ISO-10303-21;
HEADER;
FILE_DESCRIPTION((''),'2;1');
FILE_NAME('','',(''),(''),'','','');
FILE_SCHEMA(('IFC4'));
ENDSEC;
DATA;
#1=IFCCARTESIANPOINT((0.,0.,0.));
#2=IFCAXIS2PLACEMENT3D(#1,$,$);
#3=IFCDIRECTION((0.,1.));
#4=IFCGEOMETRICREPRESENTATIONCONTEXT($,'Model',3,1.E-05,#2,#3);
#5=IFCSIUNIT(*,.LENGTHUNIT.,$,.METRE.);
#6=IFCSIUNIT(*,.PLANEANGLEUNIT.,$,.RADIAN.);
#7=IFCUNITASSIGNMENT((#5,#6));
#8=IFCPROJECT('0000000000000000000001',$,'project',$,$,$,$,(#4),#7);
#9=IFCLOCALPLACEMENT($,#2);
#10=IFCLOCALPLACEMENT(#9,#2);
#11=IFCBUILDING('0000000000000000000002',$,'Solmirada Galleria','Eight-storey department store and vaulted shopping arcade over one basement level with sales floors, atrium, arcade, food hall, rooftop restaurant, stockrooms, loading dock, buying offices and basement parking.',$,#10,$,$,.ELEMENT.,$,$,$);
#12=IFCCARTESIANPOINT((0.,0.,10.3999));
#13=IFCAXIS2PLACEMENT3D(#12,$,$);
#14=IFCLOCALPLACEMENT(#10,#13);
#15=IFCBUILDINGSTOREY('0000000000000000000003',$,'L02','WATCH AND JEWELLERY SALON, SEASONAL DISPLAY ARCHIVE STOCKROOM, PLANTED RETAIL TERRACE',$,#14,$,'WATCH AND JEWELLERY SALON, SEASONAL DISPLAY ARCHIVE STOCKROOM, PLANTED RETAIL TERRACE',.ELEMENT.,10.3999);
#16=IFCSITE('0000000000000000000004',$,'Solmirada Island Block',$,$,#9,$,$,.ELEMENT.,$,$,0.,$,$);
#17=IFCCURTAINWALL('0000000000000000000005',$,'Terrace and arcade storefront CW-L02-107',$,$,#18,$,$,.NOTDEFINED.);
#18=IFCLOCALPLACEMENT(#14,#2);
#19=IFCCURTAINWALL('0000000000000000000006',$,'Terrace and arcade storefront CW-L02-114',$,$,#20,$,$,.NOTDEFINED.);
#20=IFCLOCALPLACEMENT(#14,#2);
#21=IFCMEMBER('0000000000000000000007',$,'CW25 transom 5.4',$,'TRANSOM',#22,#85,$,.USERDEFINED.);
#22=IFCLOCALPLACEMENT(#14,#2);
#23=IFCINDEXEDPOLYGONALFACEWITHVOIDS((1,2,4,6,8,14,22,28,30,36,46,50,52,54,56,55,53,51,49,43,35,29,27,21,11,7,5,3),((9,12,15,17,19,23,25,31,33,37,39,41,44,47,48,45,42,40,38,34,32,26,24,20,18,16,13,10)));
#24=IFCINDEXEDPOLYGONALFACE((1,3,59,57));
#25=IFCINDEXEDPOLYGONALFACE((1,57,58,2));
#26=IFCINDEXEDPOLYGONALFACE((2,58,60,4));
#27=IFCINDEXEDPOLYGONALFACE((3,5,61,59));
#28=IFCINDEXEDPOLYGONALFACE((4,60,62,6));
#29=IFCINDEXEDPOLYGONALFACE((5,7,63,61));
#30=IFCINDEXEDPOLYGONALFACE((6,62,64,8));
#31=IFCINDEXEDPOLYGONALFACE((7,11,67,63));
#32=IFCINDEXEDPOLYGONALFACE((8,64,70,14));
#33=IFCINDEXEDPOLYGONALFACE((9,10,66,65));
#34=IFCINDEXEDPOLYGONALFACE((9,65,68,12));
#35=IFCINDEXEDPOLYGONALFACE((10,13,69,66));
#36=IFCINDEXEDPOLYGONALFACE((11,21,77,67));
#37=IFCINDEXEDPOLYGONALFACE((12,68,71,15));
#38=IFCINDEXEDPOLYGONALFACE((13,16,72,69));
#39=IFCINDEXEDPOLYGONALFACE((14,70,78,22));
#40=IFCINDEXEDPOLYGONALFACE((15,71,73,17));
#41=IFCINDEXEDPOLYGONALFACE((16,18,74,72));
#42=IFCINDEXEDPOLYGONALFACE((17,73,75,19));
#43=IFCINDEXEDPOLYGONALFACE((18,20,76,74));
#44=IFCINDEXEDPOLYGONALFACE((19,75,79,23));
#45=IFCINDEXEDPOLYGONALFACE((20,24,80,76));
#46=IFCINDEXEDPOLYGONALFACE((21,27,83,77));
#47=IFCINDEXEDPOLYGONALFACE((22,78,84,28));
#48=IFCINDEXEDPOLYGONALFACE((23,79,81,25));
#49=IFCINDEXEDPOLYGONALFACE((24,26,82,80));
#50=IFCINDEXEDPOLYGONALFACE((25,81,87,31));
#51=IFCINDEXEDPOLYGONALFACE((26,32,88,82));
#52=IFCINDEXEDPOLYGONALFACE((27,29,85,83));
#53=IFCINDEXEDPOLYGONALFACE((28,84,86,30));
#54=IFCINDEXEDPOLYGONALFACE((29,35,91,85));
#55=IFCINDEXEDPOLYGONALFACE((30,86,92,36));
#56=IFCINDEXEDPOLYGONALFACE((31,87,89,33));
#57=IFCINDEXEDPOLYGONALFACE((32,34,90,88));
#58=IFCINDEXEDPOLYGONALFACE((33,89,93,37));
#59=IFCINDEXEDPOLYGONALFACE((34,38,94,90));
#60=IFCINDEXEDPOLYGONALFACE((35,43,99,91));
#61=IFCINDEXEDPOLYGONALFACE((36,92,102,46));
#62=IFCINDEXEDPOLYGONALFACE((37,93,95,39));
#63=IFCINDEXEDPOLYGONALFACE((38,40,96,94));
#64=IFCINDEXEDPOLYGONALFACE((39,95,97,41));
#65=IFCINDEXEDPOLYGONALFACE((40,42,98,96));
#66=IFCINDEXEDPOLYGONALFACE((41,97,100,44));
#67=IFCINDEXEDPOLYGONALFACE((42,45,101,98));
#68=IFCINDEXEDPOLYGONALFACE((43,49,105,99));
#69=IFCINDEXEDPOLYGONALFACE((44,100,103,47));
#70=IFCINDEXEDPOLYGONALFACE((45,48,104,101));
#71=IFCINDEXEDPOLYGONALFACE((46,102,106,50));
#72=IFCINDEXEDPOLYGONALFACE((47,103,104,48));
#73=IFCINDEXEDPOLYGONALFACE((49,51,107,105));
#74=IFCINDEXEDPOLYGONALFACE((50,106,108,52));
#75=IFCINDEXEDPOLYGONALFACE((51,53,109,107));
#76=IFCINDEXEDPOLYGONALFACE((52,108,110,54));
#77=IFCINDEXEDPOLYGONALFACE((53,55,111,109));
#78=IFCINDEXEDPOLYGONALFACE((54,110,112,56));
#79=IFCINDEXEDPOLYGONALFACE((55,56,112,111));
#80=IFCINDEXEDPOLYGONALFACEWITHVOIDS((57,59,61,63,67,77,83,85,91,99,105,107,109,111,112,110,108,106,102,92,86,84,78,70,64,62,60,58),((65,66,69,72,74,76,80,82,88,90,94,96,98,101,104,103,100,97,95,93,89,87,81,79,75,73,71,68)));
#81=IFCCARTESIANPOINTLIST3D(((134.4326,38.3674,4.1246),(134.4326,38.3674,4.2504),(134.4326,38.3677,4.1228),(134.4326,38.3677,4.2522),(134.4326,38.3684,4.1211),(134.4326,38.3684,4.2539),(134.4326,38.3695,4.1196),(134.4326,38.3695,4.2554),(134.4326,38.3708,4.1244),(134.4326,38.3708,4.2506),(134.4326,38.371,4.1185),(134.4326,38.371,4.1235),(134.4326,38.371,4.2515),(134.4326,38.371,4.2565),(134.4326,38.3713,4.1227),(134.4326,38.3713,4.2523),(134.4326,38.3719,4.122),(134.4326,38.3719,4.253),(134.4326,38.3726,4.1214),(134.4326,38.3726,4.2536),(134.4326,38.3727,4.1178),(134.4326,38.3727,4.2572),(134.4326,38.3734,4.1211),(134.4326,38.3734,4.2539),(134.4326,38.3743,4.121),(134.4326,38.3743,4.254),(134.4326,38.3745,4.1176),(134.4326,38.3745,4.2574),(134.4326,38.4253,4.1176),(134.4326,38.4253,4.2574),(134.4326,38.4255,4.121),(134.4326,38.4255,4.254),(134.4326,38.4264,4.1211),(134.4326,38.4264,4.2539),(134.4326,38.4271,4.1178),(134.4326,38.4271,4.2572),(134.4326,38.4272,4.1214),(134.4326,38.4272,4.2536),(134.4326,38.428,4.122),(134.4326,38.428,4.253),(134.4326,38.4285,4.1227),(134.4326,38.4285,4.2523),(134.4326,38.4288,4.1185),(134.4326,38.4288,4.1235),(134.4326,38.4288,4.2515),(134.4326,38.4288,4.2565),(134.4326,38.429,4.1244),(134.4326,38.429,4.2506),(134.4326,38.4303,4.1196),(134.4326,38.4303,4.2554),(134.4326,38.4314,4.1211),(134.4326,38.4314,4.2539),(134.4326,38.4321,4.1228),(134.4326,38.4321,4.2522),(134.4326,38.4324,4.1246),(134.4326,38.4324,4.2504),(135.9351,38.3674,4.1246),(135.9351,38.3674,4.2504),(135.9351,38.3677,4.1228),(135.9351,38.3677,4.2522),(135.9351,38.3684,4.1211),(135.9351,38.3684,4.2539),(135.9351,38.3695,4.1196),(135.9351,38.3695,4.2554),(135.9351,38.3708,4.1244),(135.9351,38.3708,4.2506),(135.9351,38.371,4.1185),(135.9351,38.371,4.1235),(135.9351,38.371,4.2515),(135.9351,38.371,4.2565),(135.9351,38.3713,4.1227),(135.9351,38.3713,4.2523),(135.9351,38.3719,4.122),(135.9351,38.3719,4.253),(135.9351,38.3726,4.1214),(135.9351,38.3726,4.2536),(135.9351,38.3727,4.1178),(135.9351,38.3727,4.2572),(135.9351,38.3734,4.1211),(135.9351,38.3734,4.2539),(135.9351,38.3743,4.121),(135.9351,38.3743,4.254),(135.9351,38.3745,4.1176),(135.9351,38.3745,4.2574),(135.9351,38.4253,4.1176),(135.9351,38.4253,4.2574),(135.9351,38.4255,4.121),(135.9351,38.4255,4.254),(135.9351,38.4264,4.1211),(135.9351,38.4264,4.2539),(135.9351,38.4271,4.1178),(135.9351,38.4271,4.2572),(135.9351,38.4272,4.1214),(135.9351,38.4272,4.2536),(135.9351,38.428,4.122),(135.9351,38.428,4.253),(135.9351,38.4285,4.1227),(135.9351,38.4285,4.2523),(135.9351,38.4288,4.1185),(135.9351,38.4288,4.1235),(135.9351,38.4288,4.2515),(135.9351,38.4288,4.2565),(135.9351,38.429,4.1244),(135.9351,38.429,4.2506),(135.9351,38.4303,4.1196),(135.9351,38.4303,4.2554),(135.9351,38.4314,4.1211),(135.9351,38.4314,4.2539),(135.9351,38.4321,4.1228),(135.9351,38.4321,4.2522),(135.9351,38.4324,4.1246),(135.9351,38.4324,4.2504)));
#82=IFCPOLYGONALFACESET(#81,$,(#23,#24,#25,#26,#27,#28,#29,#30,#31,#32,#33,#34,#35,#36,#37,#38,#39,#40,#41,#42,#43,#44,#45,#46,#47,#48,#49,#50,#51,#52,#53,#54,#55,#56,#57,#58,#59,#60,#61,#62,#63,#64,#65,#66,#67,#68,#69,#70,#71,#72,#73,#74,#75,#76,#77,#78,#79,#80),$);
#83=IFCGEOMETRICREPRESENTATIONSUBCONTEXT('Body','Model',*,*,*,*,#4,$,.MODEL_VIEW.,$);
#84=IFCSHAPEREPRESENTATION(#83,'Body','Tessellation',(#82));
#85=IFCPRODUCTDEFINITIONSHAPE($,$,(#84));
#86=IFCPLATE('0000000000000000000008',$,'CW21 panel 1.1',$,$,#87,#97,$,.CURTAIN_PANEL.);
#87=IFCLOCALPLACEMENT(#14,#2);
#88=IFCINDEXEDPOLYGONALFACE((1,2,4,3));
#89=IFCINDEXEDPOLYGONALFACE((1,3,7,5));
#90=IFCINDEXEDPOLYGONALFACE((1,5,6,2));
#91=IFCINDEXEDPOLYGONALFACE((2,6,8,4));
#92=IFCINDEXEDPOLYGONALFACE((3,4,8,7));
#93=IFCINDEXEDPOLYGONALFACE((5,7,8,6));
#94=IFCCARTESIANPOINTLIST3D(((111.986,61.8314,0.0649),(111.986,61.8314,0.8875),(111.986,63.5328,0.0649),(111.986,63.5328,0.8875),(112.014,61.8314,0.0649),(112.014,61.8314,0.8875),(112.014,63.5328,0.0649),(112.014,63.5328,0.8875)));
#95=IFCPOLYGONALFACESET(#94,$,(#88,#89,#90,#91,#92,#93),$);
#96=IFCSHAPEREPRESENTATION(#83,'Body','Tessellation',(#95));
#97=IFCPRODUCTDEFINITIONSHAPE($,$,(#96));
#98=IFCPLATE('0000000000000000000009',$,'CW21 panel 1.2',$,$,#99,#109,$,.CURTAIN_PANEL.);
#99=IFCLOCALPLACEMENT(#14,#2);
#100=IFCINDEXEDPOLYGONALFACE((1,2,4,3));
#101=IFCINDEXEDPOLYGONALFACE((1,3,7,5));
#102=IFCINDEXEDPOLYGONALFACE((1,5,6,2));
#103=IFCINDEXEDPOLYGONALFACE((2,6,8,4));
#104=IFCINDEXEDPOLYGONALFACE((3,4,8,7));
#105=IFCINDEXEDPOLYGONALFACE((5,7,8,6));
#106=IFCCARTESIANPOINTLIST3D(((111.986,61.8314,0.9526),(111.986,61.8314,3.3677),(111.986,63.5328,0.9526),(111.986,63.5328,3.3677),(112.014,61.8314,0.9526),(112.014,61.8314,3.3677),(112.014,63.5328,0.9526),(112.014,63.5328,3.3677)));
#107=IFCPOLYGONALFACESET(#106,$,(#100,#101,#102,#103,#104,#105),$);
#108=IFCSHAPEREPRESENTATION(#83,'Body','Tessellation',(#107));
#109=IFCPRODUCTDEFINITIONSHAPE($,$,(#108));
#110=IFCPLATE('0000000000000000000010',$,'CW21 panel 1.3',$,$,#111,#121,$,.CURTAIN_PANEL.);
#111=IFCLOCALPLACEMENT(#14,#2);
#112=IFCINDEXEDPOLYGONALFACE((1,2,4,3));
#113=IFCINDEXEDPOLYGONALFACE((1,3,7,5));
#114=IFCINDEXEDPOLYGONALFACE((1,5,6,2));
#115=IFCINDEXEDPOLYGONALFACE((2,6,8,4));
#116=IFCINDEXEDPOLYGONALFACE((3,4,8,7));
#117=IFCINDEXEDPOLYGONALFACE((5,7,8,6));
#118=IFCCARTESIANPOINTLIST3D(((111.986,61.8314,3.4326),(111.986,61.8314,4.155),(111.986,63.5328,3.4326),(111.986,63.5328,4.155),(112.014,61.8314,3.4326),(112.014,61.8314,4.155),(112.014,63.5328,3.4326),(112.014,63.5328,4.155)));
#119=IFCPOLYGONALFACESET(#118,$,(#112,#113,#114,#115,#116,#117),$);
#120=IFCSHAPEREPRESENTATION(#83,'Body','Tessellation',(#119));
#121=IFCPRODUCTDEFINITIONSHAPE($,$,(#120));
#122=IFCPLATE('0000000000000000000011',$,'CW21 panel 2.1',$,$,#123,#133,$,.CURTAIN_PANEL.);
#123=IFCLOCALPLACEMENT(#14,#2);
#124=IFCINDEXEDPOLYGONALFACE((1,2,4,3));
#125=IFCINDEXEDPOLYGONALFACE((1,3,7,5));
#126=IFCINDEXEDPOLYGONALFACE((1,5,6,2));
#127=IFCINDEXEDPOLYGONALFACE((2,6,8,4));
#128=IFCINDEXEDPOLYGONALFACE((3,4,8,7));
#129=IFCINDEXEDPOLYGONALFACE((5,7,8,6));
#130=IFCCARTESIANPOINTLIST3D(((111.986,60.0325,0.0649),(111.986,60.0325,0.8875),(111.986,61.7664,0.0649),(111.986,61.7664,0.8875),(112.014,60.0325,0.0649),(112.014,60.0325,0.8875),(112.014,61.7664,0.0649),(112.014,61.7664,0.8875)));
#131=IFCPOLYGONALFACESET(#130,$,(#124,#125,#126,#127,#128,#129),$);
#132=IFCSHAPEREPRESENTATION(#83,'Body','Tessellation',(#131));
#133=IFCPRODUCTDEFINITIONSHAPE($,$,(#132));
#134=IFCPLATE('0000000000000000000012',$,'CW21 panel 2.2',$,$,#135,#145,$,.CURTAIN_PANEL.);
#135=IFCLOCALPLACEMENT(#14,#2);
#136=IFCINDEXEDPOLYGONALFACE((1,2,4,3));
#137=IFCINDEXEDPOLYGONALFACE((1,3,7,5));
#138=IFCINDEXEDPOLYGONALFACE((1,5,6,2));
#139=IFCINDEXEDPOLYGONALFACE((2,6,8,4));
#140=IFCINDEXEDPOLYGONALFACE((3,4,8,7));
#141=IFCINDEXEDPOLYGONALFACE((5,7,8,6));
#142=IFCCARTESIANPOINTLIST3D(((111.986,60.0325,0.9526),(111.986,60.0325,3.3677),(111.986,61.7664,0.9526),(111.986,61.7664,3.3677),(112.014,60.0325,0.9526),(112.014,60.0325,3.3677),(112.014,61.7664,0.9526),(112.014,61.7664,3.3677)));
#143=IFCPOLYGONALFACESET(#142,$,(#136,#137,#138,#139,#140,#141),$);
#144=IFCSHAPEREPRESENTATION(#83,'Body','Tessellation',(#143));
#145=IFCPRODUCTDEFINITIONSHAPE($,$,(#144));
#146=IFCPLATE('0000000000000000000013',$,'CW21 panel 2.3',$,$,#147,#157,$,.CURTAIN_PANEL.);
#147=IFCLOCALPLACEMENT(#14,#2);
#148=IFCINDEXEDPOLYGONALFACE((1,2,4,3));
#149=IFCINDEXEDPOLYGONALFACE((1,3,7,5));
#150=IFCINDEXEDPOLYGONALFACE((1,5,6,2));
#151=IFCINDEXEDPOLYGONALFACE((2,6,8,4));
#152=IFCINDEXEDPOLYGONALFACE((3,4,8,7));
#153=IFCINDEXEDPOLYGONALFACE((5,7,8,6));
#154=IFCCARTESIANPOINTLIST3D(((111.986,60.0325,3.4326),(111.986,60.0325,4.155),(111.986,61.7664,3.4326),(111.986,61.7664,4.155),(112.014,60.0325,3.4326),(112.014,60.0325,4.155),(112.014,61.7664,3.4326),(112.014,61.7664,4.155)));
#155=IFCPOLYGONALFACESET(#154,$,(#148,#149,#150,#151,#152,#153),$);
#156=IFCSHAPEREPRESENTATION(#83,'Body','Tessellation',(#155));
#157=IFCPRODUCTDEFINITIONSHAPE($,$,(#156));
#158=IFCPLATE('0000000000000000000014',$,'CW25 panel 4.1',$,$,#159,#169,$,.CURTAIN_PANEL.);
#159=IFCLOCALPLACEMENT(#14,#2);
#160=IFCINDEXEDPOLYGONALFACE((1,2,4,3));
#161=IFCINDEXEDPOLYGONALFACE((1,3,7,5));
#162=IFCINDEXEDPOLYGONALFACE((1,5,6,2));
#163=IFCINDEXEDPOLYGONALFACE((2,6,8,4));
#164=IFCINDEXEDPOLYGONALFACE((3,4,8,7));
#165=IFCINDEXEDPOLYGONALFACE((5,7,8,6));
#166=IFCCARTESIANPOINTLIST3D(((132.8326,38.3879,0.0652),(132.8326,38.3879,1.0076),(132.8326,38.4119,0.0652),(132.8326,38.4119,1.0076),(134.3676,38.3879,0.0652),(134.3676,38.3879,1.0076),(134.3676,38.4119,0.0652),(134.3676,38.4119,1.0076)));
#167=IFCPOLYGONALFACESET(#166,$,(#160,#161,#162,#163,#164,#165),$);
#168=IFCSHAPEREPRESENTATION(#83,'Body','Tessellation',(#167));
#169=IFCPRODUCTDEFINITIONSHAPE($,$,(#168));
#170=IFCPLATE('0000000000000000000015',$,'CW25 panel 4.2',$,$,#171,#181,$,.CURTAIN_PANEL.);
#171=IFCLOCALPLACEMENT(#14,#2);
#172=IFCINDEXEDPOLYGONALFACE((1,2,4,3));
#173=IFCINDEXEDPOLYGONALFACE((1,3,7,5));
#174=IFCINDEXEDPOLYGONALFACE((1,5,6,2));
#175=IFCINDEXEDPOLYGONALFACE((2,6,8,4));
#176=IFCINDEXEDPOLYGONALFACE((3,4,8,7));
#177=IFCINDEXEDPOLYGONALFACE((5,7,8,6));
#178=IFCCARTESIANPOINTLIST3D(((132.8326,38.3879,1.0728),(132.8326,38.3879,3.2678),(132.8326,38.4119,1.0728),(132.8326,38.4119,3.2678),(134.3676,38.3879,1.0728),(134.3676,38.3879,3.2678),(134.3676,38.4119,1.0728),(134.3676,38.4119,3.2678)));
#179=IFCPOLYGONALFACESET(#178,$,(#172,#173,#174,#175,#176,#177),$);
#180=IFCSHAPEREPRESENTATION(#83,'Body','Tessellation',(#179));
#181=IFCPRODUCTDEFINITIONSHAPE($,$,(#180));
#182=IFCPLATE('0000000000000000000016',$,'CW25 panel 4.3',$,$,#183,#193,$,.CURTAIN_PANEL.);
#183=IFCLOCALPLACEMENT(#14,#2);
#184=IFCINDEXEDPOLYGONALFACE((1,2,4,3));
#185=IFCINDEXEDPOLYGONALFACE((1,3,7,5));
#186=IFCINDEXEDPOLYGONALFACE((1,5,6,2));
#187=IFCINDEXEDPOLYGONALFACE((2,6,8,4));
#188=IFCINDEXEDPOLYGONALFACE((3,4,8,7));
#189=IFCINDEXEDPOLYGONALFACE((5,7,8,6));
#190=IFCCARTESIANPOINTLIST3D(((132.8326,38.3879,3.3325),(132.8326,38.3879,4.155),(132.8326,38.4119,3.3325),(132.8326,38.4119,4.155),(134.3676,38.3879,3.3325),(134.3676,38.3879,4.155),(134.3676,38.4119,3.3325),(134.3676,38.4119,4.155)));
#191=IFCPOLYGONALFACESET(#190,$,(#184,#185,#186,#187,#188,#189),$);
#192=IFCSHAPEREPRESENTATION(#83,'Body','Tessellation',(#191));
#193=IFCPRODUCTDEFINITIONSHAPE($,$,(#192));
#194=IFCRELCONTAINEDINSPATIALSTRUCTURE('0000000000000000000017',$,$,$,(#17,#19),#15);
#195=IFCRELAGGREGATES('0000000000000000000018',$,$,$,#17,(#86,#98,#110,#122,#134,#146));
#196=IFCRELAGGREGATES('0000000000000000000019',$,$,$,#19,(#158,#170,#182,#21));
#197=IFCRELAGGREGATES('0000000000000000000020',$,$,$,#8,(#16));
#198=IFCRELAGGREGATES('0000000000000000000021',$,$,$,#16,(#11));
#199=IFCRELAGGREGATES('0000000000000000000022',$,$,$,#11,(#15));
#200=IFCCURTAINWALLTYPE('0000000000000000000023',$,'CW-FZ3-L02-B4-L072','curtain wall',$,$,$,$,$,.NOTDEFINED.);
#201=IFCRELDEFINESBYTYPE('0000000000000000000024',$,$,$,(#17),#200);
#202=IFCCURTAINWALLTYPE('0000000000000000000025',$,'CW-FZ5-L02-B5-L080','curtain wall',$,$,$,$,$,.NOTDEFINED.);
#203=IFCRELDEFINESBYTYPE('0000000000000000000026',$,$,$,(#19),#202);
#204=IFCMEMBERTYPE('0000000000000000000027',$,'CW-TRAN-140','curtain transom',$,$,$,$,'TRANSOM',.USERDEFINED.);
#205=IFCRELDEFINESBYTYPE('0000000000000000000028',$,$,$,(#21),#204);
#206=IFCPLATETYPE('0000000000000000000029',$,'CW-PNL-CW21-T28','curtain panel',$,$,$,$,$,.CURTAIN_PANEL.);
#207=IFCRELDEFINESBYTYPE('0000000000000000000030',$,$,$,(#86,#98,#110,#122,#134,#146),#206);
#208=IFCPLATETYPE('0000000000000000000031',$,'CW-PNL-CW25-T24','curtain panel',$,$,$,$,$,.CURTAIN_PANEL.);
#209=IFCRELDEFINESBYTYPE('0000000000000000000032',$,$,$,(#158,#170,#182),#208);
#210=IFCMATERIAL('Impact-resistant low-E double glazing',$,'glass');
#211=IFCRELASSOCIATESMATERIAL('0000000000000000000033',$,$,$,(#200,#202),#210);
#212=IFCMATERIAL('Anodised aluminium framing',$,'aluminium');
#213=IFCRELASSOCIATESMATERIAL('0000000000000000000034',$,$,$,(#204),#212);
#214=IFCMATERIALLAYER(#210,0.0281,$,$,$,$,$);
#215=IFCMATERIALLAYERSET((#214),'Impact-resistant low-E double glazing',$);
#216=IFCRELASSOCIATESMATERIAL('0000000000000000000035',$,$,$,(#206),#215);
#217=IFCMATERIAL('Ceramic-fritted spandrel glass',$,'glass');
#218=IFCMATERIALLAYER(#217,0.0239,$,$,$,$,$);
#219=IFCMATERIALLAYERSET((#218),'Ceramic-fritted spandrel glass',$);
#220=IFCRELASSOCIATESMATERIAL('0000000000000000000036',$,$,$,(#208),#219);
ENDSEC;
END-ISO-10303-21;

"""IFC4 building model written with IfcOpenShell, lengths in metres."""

from ifc_helpers import new_model, si_unit, direction, frame, origin, origin_2d, place, context, subcontext, project, spatial, rectangle, hollow_rectangle, extrude, material, layer, layer_set, material_profile, profile_set, type_object, element, aggregate, save


model = new_model("IFC4")

# Units and contexts
model_context = context("Model", 3, precision=1e-05, world=origin(), true_north=direction((0.0, 1.0)))
body_context = subcontext(model_context, "Body", "Model", "MODEL_VIEW")
ifc_project = project(units=[si_unit("LENGTHUNIT", "METRE"), si_unit("PLANEANGLEUNIT", "RADIAN")], contexts=[model_context])

# Site, building, storey
site_placement = place(None, origin())
site = spatial("IfcSite", under=ifc_project, at=site_placement, Name="Solmirada Island Block", CompositionType="ELEMENT", RefElevation=0.0)
building_placement = place(site_placement, origin())
building = spatial("IfcBuilding", under=site, at=building_placement, Name="Solmirada Galleria", Description="Eight-storey department store and vaulted shopping arcade over one basement level with sales floors, atrium, arcade, food hall, rooftop restaurant, stockrooms, loading dock, buying offices and basement parking.", CompositionType="ELEMENT")
storey_placement = place(building_placement, frame((0.0, 0.0, 10.3999)))
storey = spatial("IfcBuildingStorey", under=building, at=storey_placement, Name="L02", Description="WATCH AND JEWELLERY SALON, SEASONAL DISPLAY ARCHIVE STOCKROOM, PLANTED RETAIL TERRACE", LongName="WATCH AND JEWELLERY SALON, SEASONAL DISPLAY ARCHIVE STOCKROOM, PLANTED RETAIL TERRACE", CompositionType="ELEMENT", Elevation=10.3999)

# Curtain walls
ifc_material_1 = material(Name="Impact-resistant low-E double glazing", Category="glass")
curtain_wall_type_1 = type_object("IfcCurtainWallType", Name="CW-FZ3-L02-B4-L072", Description="curtain wall", PredefinedType="NOTDEFINED", material=ifc_material_1)
curtain_wall_1_placement = place(storey_placement, origin())
curtain_wall_1 = element("IfcCurtainWall", 1, at=curtain_wall_1_placement, inside=storey, type_object=curtain_wall_type_1, Name="Terrace and arcade storefront CW-L02-107", PredefinedType="NOTDEFINED")
ifc_material_2 = material(Name="Anodised aluminium framing", Category="aluminium")
curtain_wall_type_2 = type_object("IfcCurtainWallType", Name="CW-FZ5-L02-B5-L080", Description="curtain wall", PredefinedType="NOTDEFINED", material=ifc_material_1)
curtain_wall_2_placement = place(storey_placement, origin())
curtain_wall_2 = element("IfcCurtainWall", 2, at=curtain_wall_2_placement, inside=storey, type_object=curtain_wall_type_2, Name="Terrace and arcade storefront CW-L02-114", PredefinedType="NOTDEFINED")

# Member
ifc_material_profile_1 = material_profile(ifc_material_2, hollow_rectangle(XDim=0.0649, YDim=0.1399, WallThickness=0.0034, InnerFilletRadius=0.0034, OuterFilletRadius=0.0071, at=origin_2d()), Name="ALU-TRAN-140X65")
ifc_profile_set_1 = profile_set([ifc_material_profile_1], Name="Anodised aluminium framing")
member_type_1 = type_object("IfcMemberType", Name="CW-TRAN-140", Description="curtain transom", ElementType="TRANSOM", PredefinedType="USERDEFINED", material=ifc_profile_set_1)
member_1_placement = place(storey_placement, frame((134.4326, 38.3999, 4.1875), z_axis=(1.0, 0.0, 0.0), x_axis=(0.0, 1.0, 0.0)))
member_1 = element("IfcMember", 3, at=member_1_placement, type_object=member_type_1, Name="CW25 transom 5.4", ObjectType="TRANSOM", PredefinedType="USERDEFINED", context=body_context, shape_type="SweptSolid", body=[
    extrude(hollow_rectangle(XDim=0.0649, YDim=0.1399, WallThickness=0.0034, InnerFilletRadius=0.0034, OuterFilletRadius=0.0071, at=origin_2d()), origin(), (0.0, 0.0, 1.0), 1.5024),
])

# Plates
ifc_layer_1 = layer(ifc_material_1, 0.0281)
ifc_layer_set_1 = layer_set([ifc_layer_1], Name="Impact-resistant low-E double glazing")
plate_type_1 = type_object("IfcPlateType", Name="CW-PNL-CW21-T28", Description="curtain panel", PredefinedType="CURTAIN_PANEL", material=ifc_layer_set_1)
plate_1_placement = place(storey_placement, frame((112.0, 62.6821, 0.0649), z_axis=(0.0, 0.0, 1.0), x_axis=(0.0, -1.0, 0.0)))
plate_1 = element("IfcPlate", 4, at=plate_1_placement, type_object=plate_type_1, Name="CW21 panel 1.1", PredefinedType="CURTAIN_PANEL", context=body_context, shape_type="SweptSolid", body=[
    extrude(rectangle(XDim=1.7014, YDim=0.0281, at=origin_2d()), origin(), (0.0, 0.0, 1.0), 0.8225),
])
plate_2_placement = place(storey_placement, frame((112.0, 62.6821, 0.9526), z_axis=(0.0, 0.0, 1.0), x_axis=(0.0, -1.0, 0.0)))
plate_2 = element("IfcPlate", 5, at=plate_2_placement, type_object=plate_type_1, Name="CW21 panel 1.2", PredefinedType="CURTAIN_PANEL", context=body_context, shape_type="SweptSolid", body=[
    extrude(rectangle(XDim=1.7014, YDim=0.0281, at=origin_2d()), origin(), (0.0, 0.0, 1.0), 2.415),
])
plate_3_placement = place(storey_placement, frame((112.0, 62.6821, 3.4326), z_axis=(0.0, 0.0, 1.0), x_axis=(0.0, -1.0, 0.0)))
plate_3 = element("IfcPlate", 6, at=plate_3_placement, type_object=plate_type_1, Name="CW21 panel 1.3", PredefinedType="CURTAIN_PANEL", context=body_context, shape_type="SweptSolid", body=[
    extrude(rectangle(XDim=1.7014, YDim=0.0281, at=origin_2d()), origin(), (0.0, 0.0, 1.0), 0.7224),
])
plate_4_placement = place(storey_placement, frame((112.0, 60.8994, 0.0649), z_axis=(0.0, 0.0, 1.0), x_axis=(0.0, -1.0, 0.0)))
plate_4 = element("IfcPlate", 7, at=plate_4_placement, type_object=plate_type_1, Name="CW21 panel 2.1", PredefinedType="CURTAIN_PANEL", context=body_context, shape_type="SweptSolid", body=[
    extrude(rectangle(XDim=1.7339, YDim=0.0281, at=origin_2d()), origin(), (0.0, 0.0, 1.0), 0.8225),
])
plate_5_placement = place(storey_placement, frame((112.0, 60.8994, 0.9526), z_axis=(0.0, 0.0, 1.0), x_axis=(0.0, -1.0, 0.0)))
plate_5 = element("IfcPlate", 8, at=plate_5_placement, type_object=plate_type_1, Name="CW21 panel 2.2", PredefinedType="CURTAIN_PANEL", context=body_context, shape_type="SweptSolid", body=[
    extrude(rectangle(XDim=1.7339, YDim=0.0281, at=origin_2d()), origin(), (0.0, 0.0, 1.0), 2.415),
])
plate_6_placement = place(storey_placement, frame((112.0, 60.8994, 3.4326), z_axis=(0.0, 0.0, 1.0), x_axis=(0.0, -1.0, 0.0)))
plate_6 = element("IfcPlate", 9, at=plate_6_placement, type_object=plate_type_1, Name="CW21 panel 2.3", PredefinedType="CURTAIN_PANEL", context=body_context, shape_type="SweptSolid", body=[
    extrude(rectangle(XDim=1.7339, YDim=0.0281, at=origin_2d()), origin(), (0.0, 0.0, 1.0), 0.7224),
])
aggregate(curtain_wall_1, [plate_1, plate_2, plate_3, plate_4, plate_5, plate_6])
ifc_material_3 = material(Name="Ceramic-fritted spandrel glass", Category="glass")
ifc_layer_2 = layer(ifc_material_3, 0.0239)
ifc_layer_set_2 = layer_set([ifc_layer_2], Name="Ceramic-fritted spandrel glass")
plate_type_2 = type_object("IfcPlateType", Name="CW-PNL-CW25-T24", Description="curtain panel", PredefinedType="CURTAIN_PANEL", material=ifc_layer_set_2)
plate_7_placement = place(storey_placement, frame((133.6001, 38.3999, 0.0652), z_axis=(0.0, 0.0, 1.0), x_axis=(1.0, 0.0, 0.0)))
plate_7 = element("IfcPlate", 10, at=plate_7_placement, type_object=plate_type_2, Name="CW25 panel 4.1", PredefinedType="CURTAIN_PANEL", context=body_context, shape_type="SweptSolid", body=[
    extrude(rectangle(XDim=1.5349, YDim=0.0239, at=origin_2d()), origin(), (0.0, 0.0, 1.0), 0.9424),
])
plate_8_placement = place(storey_placement, frame((133.6001, 38.3999, 1.0728), z_axis=(0.0, 0.0, 1.0), x_axis=(1.0, 0.0, 0.0)))
plate_8 = element("IfcPlate", 11, at=plate_8_placement, type_object=plate_type_2, Name="CW25 panel 4.2", PredefinedType="CURTAIN_PANEL", context=body_context, shape_type="SweptSolid", body=[
    extrude(rectangle(XDim=1.5349, YDim=0.0239, at=origin_2d()), origin(), (0.0, 0.0, 1.0), 2.1951),
])
plate_9_placement = place(storey_placement, frame((133.6001, 38.3999, 3.3325), z_axis=(0.0, 0.0, 1.0), x_axis=(1.0, 0.0, 0.0)))
plate_9 = element("IfcPlate", 12, at=plate_9_placement, type_object=plate_type_2, Name="CW25 panel 4.3", PredefinedType="CURTAIN_PANEL", context=body_context, shape_type="SweptSolid", body=[
    extrude(rectangle(XDim=1.5349, YDim=0.0239, at=origin_2d()), origin(), (0.0, 0.0, 1.0), 0.8225),
])
aggregate(curtain_wall_2, [plate_7, plate_8, plate_9, member_1])

save(model, "model.ifc")
